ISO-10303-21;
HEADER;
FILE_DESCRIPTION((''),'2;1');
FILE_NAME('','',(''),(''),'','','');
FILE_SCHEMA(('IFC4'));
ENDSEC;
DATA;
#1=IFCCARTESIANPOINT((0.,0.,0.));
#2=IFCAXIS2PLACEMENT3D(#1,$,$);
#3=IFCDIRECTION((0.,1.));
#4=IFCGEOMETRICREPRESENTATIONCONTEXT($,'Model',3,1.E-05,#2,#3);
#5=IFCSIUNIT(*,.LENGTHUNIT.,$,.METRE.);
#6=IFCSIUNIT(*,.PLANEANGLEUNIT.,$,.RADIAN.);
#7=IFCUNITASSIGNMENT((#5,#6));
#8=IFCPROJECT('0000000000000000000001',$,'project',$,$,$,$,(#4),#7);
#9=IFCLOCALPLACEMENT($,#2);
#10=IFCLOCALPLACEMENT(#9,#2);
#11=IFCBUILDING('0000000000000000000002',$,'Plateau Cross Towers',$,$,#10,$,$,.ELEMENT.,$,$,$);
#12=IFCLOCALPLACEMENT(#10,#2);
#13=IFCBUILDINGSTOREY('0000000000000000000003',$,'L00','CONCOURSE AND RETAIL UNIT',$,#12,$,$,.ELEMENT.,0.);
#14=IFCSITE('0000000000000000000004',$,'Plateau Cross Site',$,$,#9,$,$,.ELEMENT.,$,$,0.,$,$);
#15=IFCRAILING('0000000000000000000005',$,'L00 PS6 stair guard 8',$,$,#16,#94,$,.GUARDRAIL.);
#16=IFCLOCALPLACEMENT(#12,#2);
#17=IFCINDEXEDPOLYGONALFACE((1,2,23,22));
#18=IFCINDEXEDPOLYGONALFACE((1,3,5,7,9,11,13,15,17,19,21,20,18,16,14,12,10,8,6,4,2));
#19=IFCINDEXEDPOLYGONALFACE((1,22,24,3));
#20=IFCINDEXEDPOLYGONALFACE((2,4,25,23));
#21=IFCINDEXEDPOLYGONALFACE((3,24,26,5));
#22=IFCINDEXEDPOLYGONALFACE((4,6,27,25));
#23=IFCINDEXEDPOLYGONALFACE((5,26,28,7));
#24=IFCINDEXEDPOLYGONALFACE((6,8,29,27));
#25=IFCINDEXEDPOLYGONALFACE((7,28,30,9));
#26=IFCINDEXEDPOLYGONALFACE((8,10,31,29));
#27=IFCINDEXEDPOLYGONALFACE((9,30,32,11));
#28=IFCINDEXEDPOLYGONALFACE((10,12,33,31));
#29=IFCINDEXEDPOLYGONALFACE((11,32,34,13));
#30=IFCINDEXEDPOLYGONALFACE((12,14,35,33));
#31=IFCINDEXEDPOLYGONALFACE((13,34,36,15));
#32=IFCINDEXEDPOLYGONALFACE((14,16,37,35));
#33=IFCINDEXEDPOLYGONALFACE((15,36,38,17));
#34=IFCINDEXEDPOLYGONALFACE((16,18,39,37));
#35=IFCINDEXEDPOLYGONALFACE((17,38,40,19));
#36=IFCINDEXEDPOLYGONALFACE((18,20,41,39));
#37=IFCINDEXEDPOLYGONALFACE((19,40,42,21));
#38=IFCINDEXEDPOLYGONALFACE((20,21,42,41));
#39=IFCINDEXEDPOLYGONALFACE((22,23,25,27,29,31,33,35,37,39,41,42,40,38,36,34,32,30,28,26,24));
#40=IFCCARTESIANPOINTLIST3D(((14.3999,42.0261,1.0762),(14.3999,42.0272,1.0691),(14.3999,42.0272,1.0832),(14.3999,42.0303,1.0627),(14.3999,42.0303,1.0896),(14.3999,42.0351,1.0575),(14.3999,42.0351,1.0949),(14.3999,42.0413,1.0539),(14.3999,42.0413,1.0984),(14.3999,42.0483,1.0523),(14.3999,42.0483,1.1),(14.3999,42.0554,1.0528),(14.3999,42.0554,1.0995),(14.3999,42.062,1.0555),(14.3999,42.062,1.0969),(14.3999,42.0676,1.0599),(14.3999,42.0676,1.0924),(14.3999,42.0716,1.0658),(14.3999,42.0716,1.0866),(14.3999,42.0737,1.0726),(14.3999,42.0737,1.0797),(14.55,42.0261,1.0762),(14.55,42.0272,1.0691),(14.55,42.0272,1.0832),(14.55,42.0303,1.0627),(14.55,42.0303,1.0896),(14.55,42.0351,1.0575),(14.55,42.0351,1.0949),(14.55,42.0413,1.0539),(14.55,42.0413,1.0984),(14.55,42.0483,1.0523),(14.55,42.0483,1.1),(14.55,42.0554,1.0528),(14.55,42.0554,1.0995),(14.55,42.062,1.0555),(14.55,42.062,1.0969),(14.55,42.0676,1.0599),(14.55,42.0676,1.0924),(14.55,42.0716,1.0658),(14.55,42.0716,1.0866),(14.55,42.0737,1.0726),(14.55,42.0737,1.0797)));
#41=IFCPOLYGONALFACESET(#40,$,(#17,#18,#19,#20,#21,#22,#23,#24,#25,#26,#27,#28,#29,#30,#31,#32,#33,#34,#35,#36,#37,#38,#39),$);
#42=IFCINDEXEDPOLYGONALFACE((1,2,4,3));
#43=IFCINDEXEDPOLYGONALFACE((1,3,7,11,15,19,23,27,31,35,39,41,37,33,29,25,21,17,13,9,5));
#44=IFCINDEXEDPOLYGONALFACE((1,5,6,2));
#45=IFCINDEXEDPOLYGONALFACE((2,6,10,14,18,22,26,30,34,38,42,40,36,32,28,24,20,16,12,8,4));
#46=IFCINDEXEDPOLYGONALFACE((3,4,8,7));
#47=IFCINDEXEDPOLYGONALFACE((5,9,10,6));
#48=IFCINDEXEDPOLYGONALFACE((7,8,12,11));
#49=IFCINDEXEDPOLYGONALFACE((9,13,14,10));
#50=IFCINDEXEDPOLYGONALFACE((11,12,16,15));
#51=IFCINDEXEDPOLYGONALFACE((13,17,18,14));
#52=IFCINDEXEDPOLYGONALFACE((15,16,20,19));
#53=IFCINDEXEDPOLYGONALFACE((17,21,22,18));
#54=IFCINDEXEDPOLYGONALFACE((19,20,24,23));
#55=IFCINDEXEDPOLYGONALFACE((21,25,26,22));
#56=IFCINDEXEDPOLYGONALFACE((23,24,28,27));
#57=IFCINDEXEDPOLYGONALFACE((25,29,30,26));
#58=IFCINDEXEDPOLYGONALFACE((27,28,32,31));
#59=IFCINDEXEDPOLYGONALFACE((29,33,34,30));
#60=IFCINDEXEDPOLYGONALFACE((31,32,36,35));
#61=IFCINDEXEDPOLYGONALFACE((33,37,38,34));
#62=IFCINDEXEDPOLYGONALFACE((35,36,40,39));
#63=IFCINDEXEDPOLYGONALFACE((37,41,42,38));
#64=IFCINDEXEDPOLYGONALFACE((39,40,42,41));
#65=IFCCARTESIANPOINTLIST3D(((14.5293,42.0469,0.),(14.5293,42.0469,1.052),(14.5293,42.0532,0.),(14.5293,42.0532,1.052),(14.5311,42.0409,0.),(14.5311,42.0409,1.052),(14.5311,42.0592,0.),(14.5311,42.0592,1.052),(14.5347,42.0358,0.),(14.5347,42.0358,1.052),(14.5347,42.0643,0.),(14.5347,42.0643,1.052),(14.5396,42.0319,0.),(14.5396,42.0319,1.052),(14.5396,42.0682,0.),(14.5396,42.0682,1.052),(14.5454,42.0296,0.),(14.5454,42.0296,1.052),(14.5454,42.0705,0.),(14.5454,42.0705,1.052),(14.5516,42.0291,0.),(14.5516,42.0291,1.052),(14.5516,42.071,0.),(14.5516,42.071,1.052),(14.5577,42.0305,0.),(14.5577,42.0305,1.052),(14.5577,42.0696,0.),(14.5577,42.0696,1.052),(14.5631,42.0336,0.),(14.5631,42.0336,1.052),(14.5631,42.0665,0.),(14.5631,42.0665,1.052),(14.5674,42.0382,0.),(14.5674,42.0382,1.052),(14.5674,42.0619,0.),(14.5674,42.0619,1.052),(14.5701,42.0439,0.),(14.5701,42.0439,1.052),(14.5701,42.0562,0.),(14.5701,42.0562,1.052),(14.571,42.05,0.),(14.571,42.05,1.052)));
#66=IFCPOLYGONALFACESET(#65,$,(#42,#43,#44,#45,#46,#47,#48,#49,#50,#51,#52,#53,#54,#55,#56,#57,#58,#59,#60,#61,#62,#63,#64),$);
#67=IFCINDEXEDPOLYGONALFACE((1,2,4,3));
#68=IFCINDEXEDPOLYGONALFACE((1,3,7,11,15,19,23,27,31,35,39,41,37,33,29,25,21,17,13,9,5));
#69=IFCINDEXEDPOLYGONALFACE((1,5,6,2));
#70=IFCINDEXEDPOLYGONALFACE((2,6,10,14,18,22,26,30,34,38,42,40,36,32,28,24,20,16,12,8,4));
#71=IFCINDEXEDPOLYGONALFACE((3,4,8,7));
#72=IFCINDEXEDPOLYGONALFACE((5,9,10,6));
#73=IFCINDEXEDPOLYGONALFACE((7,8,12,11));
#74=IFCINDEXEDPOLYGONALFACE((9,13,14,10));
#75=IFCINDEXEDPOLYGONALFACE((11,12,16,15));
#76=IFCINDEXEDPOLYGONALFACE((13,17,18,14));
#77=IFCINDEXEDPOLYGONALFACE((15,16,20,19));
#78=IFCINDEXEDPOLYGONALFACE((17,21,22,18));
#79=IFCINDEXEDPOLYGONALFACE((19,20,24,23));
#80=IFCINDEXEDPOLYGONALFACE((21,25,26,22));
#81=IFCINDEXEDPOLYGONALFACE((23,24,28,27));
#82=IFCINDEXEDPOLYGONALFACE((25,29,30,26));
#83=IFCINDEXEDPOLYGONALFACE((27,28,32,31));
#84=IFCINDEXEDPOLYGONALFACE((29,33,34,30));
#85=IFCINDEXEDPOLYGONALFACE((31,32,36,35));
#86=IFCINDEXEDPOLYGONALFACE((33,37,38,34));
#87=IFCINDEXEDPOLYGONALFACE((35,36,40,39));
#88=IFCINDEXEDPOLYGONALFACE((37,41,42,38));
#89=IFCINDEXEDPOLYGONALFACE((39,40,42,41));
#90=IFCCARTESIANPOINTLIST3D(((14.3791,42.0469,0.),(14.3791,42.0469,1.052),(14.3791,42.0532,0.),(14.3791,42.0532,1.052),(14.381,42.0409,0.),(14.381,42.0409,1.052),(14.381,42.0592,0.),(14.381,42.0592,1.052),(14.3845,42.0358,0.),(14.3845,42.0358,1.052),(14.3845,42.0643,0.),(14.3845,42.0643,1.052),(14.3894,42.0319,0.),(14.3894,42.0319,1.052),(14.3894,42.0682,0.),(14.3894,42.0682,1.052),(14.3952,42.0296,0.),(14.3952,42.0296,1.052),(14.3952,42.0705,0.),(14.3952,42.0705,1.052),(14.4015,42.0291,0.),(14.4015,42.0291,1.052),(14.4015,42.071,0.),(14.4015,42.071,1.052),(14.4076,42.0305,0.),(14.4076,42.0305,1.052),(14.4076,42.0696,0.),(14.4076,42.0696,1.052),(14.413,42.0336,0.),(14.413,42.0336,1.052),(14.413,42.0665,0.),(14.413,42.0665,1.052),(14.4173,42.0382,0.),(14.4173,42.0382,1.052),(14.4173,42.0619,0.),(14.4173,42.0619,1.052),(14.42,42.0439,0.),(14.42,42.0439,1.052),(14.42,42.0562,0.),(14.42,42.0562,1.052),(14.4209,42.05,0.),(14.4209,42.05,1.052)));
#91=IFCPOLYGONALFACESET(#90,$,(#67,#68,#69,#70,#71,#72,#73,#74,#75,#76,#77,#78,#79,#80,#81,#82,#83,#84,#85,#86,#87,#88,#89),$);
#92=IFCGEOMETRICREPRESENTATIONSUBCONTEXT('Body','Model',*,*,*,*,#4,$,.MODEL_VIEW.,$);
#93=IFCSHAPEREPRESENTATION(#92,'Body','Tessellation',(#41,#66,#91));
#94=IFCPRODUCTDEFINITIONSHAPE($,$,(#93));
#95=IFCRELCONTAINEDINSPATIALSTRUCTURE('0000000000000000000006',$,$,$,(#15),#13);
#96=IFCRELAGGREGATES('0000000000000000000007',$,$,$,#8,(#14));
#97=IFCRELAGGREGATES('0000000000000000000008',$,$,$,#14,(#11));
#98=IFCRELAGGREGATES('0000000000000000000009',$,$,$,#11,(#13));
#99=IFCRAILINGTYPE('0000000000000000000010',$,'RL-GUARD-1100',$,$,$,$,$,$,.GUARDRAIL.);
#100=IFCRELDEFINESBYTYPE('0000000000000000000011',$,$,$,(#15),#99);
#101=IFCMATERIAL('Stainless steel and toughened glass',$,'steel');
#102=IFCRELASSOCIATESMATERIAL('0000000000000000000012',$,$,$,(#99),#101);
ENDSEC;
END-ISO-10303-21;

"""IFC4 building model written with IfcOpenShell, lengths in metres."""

from ifc_helpers import new_model, si_unit, direction, frame, origin, origin_2d, place, context, subcontext, project, spatial, circle, extrude, material, type_object, element, save


model = new_model("IFC4")

# Units and contexts
model_context = context("Model", 3, precision=1e-05, world=origin(), true_north=direction((0.0, 1.0)))
body_context = subcontext(model_context, "Body", "Model", "MODEL_VIEW")
ifc_project = project(units=[si_unit("LENGTHUNIT", "METRE"), si_unit("PLANEANGLEUNIT", "RADIAN")], contexts=[model_context])

# Site, building, storey
site_placement = place(None, origin())
site = spatial("IfcSite", under=ifc_project, at=site_placement, Name="Plateau Cross Site", CompositionType="ELEMENT", RefElevation=0.0)
building_placement = place(site_placement, origin())
building = spatial("IfcBuilding", under=site, at=building_placement, Name="Plateau Cross Towers", CompositionType="ELEMENT")
storey_placement = place(building_placement, origin())
storey = spatial("IfcBuildingStorey", under=building, at=storey_placement, Name="L00", Description="CONCOURSE AND RETAIL UNIT", CompositionType="ELEMENT", Elevation=0.0)

# Railing
ifc_material_1 = material(Name="Stainless steel and toughened glass", Category="steel")
railing_type_1 = type_object("IfcRailingType", Name="RL-GUARD-1100", PredefinedType="GUARDRAIL", material=ifc_material_1)
railing_1_placement = place(storey_placement, frame((14.55, 42.05, 0.0)))
element("IfcRailing", 1, at=railing_1_placement, inside=storey, type_object=railing_type_1, Name="L00 PS6 stair guard 8", PredefinedType="GUARDRAIL", context=body_context, shape_type="SweptSolid", body=[
    extrude(circle(Radius=0.0239, at=origin_2d()), frame((0.0, 0.0, 1.0762), z_axis=(-1.0, 0.0, 0.0), x_axis=(0.0, -1.0, 0.0)), (0.0, 0.0, 1.0), 0.1501),
    extrude(circle(Radius=0.021, at=origin_2d()), origin(), (0.0, 0.0, 1.0), 1.052),
    extrude(circle(Radius=0.021, at=origin_2d()), frame((-0.1501, 0.0, 0.0)), (0.0, 0.0, 1.0), 1.052),
])

save(model, "model.ifc")
